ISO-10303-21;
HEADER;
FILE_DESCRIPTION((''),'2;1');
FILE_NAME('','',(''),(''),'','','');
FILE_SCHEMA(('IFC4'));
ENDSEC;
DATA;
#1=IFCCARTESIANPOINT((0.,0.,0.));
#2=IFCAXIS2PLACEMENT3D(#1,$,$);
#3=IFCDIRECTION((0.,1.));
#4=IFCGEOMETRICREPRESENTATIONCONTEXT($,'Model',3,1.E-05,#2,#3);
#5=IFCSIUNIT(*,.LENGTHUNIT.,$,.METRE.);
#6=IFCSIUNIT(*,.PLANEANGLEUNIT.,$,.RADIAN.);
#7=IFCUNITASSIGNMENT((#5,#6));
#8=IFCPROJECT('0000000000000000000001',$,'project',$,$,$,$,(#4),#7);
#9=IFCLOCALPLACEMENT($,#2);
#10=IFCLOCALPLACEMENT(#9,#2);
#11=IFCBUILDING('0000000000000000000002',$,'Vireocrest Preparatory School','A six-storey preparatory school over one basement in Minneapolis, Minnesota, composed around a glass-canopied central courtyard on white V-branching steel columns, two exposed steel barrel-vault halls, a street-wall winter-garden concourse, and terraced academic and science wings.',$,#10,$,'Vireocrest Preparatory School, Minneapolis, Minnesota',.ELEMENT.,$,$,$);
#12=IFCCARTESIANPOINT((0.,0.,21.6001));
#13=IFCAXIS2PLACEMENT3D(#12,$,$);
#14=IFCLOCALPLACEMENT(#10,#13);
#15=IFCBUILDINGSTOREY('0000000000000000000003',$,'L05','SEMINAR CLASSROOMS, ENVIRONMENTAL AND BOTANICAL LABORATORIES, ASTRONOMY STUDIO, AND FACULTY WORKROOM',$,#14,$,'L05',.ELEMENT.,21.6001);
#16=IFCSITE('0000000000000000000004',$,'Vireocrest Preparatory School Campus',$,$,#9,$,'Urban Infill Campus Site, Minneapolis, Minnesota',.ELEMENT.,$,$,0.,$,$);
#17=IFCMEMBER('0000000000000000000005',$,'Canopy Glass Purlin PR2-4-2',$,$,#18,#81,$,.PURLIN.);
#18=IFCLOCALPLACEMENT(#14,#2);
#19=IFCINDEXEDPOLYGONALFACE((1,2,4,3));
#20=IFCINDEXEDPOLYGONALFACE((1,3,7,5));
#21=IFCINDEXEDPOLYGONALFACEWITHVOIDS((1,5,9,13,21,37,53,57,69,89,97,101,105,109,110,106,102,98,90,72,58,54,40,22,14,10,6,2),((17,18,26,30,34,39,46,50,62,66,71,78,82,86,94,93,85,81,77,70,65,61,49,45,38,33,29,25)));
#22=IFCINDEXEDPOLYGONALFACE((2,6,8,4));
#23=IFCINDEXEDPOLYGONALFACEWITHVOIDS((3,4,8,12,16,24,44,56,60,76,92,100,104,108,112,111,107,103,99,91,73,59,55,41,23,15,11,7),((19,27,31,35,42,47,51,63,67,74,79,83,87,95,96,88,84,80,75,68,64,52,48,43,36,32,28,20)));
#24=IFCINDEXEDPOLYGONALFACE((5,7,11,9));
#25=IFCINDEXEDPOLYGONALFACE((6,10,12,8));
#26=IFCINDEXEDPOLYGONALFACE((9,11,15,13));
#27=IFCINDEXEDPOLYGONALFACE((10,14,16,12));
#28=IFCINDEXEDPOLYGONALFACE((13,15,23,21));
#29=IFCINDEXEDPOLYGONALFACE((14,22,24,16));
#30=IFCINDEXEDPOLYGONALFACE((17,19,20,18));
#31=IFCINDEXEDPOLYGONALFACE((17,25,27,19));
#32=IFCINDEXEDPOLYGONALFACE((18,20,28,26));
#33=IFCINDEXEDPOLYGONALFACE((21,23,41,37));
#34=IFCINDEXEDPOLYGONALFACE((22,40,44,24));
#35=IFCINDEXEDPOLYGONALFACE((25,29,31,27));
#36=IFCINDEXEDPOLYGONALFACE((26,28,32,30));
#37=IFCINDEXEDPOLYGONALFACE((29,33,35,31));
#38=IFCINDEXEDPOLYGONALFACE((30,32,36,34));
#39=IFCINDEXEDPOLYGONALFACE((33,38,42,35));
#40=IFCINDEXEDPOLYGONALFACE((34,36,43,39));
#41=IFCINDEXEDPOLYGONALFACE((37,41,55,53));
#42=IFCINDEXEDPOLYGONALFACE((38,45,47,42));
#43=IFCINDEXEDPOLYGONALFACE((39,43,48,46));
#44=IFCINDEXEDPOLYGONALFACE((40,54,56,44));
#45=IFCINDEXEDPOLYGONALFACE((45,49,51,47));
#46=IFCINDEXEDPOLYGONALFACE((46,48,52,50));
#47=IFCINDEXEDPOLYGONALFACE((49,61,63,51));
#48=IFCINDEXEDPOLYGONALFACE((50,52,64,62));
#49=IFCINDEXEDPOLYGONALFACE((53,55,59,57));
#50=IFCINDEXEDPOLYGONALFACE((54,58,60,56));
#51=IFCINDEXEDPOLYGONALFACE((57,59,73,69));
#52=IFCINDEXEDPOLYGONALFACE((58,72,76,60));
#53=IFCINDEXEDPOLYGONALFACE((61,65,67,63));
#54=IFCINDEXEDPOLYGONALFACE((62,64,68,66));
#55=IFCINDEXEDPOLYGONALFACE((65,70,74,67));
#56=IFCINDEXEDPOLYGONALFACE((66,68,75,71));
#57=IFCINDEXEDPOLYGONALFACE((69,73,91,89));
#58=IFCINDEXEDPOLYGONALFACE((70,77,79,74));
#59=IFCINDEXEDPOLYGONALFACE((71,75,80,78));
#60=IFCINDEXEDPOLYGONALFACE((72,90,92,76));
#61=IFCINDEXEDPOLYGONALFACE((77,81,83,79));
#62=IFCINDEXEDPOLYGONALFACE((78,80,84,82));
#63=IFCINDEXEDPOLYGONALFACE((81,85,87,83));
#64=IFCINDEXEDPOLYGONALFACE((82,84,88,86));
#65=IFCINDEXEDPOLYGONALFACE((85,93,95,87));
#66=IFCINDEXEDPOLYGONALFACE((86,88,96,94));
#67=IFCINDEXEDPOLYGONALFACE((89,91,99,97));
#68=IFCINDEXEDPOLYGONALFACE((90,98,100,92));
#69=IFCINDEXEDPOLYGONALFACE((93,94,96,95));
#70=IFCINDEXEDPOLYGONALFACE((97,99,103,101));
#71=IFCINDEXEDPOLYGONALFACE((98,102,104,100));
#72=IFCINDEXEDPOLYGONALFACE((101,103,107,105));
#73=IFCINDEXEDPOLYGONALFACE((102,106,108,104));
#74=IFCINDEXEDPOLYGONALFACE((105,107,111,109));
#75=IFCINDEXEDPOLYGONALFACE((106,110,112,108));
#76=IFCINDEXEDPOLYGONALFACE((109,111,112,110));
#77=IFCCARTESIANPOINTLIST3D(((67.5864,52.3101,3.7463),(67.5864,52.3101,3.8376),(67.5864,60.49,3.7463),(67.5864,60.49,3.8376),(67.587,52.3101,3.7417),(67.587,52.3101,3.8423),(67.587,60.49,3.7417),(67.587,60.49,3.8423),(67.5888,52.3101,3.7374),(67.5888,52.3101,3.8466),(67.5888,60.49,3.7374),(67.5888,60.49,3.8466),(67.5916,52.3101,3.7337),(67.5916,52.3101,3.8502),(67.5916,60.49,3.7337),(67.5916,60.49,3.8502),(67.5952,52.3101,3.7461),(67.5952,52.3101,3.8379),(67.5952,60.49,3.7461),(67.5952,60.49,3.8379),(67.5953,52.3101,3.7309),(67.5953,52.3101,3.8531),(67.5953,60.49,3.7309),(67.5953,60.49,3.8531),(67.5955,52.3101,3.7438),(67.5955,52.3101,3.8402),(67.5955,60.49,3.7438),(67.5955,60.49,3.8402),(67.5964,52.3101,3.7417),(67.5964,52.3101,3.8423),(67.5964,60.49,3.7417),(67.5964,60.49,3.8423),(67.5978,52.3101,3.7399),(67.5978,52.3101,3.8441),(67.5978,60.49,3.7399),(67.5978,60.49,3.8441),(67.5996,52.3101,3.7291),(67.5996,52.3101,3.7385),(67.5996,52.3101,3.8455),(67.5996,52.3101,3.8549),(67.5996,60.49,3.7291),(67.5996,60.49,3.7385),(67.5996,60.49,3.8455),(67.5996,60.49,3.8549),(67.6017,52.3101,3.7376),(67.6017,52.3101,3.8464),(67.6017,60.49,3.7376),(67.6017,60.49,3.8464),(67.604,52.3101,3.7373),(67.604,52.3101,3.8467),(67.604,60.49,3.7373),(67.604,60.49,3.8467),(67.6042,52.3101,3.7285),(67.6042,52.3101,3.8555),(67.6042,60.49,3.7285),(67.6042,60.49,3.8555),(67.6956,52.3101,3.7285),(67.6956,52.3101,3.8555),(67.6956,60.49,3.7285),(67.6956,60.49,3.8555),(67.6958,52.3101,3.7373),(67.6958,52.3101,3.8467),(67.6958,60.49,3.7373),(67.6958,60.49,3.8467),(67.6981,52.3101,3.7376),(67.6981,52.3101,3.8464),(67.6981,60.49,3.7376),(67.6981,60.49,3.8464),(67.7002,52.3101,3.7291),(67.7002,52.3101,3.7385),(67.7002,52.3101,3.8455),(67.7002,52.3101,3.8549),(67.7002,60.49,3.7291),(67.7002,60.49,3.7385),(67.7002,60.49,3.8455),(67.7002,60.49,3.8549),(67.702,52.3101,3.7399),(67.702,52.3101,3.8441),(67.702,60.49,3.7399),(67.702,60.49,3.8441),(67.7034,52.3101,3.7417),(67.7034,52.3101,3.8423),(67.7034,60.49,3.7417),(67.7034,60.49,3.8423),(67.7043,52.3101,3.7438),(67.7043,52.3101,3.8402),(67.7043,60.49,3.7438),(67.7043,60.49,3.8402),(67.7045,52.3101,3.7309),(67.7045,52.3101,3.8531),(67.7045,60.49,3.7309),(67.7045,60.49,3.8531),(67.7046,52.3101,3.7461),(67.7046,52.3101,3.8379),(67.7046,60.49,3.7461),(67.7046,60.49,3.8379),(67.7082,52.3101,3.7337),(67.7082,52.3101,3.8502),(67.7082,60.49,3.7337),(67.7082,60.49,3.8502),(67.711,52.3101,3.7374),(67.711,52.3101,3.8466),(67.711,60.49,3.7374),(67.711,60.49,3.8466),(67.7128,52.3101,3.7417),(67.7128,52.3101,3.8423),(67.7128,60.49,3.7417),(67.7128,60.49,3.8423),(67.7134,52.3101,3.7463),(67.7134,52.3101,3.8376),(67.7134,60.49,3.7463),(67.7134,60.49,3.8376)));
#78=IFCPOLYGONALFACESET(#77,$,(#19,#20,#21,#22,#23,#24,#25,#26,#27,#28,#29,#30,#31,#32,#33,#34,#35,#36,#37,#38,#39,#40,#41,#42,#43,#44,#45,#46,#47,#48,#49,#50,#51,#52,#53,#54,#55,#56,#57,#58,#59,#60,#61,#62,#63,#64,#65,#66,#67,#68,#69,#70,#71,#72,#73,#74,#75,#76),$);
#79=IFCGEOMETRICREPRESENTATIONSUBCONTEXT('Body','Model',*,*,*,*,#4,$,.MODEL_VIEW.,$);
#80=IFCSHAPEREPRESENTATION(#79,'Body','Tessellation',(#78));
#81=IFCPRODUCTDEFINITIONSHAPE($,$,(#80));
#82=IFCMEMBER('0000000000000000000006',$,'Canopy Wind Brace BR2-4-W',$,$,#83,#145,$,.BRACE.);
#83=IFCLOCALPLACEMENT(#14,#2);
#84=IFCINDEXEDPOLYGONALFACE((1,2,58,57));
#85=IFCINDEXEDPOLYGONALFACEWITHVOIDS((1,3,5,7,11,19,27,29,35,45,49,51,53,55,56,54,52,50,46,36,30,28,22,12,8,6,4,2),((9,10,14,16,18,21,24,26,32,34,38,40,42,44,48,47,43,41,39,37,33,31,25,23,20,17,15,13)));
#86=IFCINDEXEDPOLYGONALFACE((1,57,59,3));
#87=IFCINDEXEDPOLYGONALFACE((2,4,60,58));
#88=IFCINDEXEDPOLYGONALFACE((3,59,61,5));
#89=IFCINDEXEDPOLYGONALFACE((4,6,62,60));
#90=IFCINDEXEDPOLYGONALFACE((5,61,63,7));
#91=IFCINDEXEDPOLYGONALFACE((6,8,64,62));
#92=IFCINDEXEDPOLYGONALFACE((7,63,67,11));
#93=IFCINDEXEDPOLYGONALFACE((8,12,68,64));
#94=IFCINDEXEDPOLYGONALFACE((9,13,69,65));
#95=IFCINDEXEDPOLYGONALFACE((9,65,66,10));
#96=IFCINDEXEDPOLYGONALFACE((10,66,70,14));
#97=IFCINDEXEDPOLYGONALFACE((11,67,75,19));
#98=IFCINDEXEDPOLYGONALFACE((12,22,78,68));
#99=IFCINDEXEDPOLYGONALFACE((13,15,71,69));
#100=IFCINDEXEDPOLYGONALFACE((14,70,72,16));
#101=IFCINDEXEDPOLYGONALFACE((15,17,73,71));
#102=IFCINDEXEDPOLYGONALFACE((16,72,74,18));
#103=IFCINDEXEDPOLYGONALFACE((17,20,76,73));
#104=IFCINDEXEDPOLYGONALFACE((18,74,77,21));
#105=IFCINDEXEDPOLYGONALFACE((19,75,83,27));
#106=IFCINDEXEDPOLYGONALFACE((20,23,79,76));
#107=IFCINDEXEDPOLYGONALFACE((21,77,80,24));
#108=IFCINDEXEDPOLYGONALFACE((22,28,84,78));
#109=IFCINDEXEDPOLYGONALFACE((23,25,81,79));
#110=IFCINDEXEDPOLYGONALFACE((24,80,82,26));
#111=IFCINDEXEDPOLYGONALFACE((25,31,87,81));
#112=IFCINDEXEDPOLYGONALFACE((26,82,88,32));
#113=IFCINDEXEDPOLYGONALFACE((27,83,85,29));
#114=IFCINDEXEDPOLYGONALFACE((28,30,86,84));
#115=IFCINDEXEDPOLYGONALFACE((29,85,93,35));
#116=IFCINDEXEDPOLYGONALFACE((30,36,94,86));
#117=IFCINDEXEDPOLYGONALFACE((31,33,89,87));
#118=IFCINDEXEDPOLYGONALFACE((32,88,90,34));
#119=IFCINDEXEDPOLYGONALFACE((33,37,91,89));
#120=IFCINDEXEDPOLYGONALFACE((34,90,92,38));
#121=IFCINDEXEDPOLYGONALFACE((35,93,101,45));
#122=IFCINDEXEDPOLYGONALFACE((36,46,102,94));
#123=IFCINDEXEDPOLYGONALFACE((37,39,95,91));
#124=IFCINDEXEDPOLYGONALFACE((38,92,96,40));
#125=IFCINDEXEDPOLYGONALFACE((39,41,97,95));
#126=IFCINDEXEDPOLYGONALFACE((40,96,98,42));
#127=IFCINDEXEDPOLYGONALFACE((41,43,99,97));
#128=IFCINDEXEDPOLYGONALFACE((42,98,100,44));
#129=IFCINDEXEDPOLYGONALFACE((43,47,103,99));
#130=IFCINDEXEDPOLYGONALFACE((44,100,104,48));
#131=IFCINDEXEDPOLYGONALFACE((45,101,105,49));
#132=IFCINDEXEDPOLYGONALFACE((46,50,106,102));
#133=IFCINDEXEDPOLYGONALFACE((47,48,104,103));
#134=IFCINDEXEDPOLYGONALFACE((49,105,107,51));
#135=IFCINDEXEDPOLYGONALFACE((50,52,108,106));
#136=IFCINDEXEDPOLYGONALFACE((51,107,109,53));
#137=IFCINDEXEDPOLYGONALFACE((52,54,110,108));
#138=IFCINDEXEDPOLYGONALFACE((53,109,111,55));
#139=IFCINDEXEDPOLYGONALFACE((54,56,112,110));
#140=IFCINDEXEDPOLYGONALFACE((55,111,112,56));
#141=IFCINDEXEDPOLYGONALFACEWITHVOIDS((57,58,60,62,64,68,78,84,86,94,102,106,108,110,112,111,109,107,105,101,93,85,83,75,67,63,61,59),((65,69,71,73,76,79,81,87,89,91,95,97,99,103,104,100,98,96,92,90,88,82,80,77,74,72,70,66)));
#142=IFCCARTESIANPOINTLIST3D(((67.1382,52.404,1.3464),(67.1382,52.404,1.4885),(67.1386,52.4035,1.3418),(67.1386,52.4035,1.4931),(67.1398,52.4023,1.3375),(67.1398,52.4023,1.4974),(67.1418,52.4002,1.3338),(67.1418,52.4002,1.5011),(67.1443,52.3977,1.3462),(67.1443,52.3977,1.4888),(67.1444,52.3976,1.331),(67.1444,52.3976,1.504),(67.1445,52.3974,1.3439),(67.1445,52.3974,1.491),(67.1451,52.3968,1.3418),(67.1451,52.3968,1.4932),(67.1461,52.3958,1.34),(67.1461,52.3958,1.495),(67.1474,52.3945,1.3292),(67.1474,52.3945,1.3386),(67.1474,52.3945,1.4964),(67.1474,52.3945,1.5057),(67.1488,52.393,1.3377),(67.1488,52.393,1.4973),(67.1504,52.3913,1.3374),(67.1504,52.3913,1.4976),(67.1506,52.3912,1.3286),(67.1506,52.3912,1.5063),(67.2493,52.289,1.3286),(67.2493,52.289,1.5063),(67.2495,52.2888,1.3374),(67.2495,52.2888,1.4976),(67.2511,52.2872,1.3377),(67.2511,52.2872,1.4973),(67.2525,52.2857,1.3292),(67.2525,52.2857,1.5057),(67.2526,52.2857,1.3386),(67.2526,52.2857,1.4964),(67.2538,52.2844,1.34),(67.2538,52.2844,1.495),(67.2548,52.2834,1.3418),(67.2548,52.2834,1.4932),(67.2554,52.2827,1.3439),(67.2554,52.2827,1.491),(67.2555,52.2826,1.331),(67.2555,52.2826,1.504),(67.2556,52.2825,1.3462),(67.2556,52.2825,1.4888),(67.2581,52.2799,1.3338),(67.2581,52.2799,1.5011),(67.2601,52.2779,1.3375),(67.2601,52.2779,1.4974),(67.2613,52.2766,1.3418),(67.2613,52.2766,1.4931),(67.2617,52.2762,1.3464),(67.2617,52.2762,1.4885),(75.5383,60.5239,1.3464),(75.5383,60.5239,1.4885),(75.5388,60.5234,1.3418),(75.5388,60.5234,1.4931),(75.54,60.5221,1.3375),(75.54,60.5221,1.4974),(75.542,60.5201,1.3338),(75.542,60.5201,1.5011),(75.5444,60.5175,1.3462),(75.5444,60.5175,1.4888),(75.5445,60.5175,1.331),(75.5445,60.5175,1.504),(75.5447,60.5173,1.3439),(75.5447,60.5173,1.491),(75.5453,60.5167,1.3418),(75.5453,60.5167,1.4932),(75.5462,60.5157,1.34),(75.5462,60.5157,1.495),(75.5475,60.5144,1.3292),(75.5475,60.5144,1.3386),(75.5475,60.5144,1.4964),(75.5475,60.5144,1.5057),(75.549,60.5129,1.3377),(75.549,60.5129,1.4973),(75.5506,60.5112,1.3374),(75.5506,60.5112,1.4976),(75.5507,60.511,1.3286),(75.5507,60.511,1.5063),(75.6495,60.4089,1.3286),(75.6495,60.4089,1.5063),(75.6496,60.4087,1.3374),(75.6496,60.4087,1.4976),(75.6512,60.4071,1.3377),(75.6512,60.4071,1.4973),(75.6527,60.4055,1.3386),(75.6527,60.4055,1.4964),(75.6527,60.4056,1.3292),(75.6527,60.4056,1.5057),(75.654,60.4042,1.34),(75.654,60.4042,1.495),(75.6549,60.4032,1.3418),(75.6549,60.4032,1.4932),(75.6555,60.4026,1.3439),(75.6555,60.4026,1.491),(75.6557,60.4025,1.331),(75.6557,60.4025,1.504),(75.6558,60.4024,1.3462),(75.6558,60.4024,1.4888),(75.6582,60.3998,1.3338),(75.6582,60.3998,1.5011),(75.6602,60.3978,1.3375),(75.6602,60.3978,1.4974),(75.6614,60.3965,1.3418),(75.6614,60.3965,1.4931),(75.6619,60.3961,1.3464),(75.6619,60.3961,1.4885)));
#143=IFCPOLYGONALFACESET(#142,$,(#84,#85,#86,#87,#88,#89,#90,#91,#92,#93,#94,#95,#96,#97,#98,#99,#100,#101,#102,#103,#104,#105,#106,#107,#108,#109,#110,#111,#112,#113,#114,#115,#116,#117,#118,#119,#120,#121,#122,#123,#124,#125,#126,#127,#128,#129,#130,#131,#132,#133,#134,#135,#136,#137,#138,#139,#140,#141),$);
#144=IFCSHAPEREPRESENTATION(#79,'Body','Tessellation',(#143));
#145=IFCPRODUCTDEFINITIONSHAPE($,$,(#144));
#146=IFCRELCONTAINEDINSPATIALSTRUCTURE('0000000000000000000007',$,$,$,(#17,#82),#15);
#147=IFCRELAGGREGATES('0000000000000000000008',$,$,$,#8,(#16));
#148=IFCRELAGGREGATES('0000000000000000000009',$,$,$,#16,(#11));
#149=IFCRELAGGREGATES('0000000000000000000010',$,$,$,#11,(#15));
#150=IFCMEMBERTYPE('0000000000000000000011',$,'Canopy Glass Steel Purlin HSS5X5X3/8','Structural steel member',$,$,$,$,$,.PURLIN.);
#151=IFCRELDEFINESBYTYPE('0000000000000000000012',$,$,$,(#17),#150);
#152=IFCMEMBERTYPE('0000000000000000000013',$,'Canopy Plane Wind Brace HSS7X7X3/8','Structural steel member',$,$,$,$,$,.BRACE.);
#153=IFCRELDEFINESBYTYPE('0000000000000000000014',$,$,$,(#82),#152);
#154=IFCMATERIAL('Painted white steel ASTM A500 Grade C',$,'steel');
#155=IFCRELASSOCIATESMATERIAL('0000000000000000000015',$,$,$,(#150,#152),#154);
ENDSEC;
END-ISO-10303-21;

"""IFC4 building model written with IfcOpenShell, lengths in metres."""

from ifc_helpers import new_model, si_unit, direction, frame, origin, origin_2d, place, context, subcontext, project, spatial, hollow_rectangle, extrude, material, material_profile, profile_set, type_object, element, save


model = new_model("IFC4")

# Units and contexts
model_context = context("Model", 3, precision=1e-05, world=origin(), true_north=direction((0.0, 1.0)))
body_context = subcontext(model_context, "Body", "Model", "MODEL_VIEW")
ifc_project = project(units=[si_unit("LENGTHUNIT", "METRE"), si_unit("PLANEANGLEUNIT", "RADIAN")], contexts=[model_context])

# Site, building, storey
site_placement = place(None, origin())
site = spatial("IfcSite", under=ifc_project, at=site_placement, Name="Vireocrest Preparatory School Campus", LongName="Urban Infill Campus Site, Minneapolis, Minnesota", CompositionType="ELEMENT", RefElevation=0.0)
building_placement = place(site_placement, origin())
building = spatial("IfcBuilding", under=site, at=building_placement, Name="Vireocrest Preparatory School", Description="A six-storey preparatory school over one basement in Minneapolis, Minnesota, composed around a glass-canopied central courtyard on white V-branching steel columns, two exposed steel barrel-vault halls, a street-wall winter-garden concourse, and terraced academic and science wings.", LongName="Vireocrest Preparatory School, Minneapolis, Minnesota", CompositionType="ELEMENT")
storey_placement = place(building_placement, frame((0.0, 0.0, 21.6001)))
storey = spatial("IfcBuildingStorey", under=building, at=storey_placement, Name="L05", Description="SEMINAR CLASSROOMS, ENVIRONMENTAL AND BOTANICAL LABORATORIES, ASTRONOMY STUDIO, AND FACULTY WORKROOM", LongName="L05", CompositionType="ELEMENT", Elevation=21.6001)

# Members
ifc_material_1 = material(Name="Painted white steel ASTM A500 Grade C", Category="steel")
ifc_material_profile_1 = material_profile(ifc_material_1, hollow_rectangle(XDim=0.127, YDim=0.127, WallThickness=0.0088, InnerFilletRadius=0.0088, OuterFilletRadius=0.0178, at=origin_2d()), Name="HSS5X5X3/8")
ifc_profile_set_1 = profile_set([ifc_material_profile_1], Name="Painted white steel ASTM A500 Grade C")
member_type_1 = type_object("IfcMemberType", Name="Canopy Glass Steel Purlin HSS5X5X3/8", Description="Structural steel member", PredefinedType="PURLIN", material=ifc_profile_set_1)
member_1_placement = place(storey_placement, frame((67.6499, 52.3101, 3.792), z_axis=(0.0, 1.0, 0.0), x_axis=(-1.0, 0.0, 0.0)))
element("IfcMember", 1, at=member_1_placement, inside=storey, type_object=member_type_1, Name="Canopy Glass Purlin PR2-4-2", PredefinedType="PURLIN", context=body_context, shape_type="SweptSolid", body=[
    extrude(hollow_rectangle(XDim=0.127, YDim=0.127, WallThickness=0.0088, InnerFilletRadius=0.0088, OuterFilletRadius=0.0178, at=origin_2d()), origin(), (0.0, 0.0, 1.0), 8.1799),
])
ifc_material_profile_2 = material_profile(ifc_material_1, hollow_rectangle(XDim=0.1777, YDim=0.1777, WallThickness=0.0088, InnerFilletRadius=0.0088, OuterFilletRadius=0.0178, at=origin_2d()), Name="HSS7X7X3/8")
ifc_profile_set_2 = profile_set([ifc_material_profile_2], Name="Painted white steel ASTM A500 Grade C")
member_type_2 = type_object("IfcMemberType", Name="Canopy Plane Wind Brace HSS7X7X3/8", Description="Structural steel member", PredefinedType="BRACE", material=ifc_profile_set_2)
member_2_placement = place(storey_placement, frame((67.2, 52.3401, 1.4175), z_axis=(0.719, 0.69501, 0.0), x_axis=(-0.69501, 0.719, 0.0)))
element("IfcMember", 2, at=member_2_placement, inside=storey, type_object=member_type_2, Name="Canopy Wind Brace BR2-4-W", PredefinedType="BRACE", context=body_context, shape_type="SweptSolid", body=[
    extrude(hollow_rectangle(XDim=0.1777, YDim=0.1777, WallThickness=0.0088, InnerFilletRadius=0.0088, OuterFilletRadius=0.0178, at=origin_2d()), origin(), (0.0, 0.0, 1.0), 11.6831),
])

save(model, "model.ifc")
